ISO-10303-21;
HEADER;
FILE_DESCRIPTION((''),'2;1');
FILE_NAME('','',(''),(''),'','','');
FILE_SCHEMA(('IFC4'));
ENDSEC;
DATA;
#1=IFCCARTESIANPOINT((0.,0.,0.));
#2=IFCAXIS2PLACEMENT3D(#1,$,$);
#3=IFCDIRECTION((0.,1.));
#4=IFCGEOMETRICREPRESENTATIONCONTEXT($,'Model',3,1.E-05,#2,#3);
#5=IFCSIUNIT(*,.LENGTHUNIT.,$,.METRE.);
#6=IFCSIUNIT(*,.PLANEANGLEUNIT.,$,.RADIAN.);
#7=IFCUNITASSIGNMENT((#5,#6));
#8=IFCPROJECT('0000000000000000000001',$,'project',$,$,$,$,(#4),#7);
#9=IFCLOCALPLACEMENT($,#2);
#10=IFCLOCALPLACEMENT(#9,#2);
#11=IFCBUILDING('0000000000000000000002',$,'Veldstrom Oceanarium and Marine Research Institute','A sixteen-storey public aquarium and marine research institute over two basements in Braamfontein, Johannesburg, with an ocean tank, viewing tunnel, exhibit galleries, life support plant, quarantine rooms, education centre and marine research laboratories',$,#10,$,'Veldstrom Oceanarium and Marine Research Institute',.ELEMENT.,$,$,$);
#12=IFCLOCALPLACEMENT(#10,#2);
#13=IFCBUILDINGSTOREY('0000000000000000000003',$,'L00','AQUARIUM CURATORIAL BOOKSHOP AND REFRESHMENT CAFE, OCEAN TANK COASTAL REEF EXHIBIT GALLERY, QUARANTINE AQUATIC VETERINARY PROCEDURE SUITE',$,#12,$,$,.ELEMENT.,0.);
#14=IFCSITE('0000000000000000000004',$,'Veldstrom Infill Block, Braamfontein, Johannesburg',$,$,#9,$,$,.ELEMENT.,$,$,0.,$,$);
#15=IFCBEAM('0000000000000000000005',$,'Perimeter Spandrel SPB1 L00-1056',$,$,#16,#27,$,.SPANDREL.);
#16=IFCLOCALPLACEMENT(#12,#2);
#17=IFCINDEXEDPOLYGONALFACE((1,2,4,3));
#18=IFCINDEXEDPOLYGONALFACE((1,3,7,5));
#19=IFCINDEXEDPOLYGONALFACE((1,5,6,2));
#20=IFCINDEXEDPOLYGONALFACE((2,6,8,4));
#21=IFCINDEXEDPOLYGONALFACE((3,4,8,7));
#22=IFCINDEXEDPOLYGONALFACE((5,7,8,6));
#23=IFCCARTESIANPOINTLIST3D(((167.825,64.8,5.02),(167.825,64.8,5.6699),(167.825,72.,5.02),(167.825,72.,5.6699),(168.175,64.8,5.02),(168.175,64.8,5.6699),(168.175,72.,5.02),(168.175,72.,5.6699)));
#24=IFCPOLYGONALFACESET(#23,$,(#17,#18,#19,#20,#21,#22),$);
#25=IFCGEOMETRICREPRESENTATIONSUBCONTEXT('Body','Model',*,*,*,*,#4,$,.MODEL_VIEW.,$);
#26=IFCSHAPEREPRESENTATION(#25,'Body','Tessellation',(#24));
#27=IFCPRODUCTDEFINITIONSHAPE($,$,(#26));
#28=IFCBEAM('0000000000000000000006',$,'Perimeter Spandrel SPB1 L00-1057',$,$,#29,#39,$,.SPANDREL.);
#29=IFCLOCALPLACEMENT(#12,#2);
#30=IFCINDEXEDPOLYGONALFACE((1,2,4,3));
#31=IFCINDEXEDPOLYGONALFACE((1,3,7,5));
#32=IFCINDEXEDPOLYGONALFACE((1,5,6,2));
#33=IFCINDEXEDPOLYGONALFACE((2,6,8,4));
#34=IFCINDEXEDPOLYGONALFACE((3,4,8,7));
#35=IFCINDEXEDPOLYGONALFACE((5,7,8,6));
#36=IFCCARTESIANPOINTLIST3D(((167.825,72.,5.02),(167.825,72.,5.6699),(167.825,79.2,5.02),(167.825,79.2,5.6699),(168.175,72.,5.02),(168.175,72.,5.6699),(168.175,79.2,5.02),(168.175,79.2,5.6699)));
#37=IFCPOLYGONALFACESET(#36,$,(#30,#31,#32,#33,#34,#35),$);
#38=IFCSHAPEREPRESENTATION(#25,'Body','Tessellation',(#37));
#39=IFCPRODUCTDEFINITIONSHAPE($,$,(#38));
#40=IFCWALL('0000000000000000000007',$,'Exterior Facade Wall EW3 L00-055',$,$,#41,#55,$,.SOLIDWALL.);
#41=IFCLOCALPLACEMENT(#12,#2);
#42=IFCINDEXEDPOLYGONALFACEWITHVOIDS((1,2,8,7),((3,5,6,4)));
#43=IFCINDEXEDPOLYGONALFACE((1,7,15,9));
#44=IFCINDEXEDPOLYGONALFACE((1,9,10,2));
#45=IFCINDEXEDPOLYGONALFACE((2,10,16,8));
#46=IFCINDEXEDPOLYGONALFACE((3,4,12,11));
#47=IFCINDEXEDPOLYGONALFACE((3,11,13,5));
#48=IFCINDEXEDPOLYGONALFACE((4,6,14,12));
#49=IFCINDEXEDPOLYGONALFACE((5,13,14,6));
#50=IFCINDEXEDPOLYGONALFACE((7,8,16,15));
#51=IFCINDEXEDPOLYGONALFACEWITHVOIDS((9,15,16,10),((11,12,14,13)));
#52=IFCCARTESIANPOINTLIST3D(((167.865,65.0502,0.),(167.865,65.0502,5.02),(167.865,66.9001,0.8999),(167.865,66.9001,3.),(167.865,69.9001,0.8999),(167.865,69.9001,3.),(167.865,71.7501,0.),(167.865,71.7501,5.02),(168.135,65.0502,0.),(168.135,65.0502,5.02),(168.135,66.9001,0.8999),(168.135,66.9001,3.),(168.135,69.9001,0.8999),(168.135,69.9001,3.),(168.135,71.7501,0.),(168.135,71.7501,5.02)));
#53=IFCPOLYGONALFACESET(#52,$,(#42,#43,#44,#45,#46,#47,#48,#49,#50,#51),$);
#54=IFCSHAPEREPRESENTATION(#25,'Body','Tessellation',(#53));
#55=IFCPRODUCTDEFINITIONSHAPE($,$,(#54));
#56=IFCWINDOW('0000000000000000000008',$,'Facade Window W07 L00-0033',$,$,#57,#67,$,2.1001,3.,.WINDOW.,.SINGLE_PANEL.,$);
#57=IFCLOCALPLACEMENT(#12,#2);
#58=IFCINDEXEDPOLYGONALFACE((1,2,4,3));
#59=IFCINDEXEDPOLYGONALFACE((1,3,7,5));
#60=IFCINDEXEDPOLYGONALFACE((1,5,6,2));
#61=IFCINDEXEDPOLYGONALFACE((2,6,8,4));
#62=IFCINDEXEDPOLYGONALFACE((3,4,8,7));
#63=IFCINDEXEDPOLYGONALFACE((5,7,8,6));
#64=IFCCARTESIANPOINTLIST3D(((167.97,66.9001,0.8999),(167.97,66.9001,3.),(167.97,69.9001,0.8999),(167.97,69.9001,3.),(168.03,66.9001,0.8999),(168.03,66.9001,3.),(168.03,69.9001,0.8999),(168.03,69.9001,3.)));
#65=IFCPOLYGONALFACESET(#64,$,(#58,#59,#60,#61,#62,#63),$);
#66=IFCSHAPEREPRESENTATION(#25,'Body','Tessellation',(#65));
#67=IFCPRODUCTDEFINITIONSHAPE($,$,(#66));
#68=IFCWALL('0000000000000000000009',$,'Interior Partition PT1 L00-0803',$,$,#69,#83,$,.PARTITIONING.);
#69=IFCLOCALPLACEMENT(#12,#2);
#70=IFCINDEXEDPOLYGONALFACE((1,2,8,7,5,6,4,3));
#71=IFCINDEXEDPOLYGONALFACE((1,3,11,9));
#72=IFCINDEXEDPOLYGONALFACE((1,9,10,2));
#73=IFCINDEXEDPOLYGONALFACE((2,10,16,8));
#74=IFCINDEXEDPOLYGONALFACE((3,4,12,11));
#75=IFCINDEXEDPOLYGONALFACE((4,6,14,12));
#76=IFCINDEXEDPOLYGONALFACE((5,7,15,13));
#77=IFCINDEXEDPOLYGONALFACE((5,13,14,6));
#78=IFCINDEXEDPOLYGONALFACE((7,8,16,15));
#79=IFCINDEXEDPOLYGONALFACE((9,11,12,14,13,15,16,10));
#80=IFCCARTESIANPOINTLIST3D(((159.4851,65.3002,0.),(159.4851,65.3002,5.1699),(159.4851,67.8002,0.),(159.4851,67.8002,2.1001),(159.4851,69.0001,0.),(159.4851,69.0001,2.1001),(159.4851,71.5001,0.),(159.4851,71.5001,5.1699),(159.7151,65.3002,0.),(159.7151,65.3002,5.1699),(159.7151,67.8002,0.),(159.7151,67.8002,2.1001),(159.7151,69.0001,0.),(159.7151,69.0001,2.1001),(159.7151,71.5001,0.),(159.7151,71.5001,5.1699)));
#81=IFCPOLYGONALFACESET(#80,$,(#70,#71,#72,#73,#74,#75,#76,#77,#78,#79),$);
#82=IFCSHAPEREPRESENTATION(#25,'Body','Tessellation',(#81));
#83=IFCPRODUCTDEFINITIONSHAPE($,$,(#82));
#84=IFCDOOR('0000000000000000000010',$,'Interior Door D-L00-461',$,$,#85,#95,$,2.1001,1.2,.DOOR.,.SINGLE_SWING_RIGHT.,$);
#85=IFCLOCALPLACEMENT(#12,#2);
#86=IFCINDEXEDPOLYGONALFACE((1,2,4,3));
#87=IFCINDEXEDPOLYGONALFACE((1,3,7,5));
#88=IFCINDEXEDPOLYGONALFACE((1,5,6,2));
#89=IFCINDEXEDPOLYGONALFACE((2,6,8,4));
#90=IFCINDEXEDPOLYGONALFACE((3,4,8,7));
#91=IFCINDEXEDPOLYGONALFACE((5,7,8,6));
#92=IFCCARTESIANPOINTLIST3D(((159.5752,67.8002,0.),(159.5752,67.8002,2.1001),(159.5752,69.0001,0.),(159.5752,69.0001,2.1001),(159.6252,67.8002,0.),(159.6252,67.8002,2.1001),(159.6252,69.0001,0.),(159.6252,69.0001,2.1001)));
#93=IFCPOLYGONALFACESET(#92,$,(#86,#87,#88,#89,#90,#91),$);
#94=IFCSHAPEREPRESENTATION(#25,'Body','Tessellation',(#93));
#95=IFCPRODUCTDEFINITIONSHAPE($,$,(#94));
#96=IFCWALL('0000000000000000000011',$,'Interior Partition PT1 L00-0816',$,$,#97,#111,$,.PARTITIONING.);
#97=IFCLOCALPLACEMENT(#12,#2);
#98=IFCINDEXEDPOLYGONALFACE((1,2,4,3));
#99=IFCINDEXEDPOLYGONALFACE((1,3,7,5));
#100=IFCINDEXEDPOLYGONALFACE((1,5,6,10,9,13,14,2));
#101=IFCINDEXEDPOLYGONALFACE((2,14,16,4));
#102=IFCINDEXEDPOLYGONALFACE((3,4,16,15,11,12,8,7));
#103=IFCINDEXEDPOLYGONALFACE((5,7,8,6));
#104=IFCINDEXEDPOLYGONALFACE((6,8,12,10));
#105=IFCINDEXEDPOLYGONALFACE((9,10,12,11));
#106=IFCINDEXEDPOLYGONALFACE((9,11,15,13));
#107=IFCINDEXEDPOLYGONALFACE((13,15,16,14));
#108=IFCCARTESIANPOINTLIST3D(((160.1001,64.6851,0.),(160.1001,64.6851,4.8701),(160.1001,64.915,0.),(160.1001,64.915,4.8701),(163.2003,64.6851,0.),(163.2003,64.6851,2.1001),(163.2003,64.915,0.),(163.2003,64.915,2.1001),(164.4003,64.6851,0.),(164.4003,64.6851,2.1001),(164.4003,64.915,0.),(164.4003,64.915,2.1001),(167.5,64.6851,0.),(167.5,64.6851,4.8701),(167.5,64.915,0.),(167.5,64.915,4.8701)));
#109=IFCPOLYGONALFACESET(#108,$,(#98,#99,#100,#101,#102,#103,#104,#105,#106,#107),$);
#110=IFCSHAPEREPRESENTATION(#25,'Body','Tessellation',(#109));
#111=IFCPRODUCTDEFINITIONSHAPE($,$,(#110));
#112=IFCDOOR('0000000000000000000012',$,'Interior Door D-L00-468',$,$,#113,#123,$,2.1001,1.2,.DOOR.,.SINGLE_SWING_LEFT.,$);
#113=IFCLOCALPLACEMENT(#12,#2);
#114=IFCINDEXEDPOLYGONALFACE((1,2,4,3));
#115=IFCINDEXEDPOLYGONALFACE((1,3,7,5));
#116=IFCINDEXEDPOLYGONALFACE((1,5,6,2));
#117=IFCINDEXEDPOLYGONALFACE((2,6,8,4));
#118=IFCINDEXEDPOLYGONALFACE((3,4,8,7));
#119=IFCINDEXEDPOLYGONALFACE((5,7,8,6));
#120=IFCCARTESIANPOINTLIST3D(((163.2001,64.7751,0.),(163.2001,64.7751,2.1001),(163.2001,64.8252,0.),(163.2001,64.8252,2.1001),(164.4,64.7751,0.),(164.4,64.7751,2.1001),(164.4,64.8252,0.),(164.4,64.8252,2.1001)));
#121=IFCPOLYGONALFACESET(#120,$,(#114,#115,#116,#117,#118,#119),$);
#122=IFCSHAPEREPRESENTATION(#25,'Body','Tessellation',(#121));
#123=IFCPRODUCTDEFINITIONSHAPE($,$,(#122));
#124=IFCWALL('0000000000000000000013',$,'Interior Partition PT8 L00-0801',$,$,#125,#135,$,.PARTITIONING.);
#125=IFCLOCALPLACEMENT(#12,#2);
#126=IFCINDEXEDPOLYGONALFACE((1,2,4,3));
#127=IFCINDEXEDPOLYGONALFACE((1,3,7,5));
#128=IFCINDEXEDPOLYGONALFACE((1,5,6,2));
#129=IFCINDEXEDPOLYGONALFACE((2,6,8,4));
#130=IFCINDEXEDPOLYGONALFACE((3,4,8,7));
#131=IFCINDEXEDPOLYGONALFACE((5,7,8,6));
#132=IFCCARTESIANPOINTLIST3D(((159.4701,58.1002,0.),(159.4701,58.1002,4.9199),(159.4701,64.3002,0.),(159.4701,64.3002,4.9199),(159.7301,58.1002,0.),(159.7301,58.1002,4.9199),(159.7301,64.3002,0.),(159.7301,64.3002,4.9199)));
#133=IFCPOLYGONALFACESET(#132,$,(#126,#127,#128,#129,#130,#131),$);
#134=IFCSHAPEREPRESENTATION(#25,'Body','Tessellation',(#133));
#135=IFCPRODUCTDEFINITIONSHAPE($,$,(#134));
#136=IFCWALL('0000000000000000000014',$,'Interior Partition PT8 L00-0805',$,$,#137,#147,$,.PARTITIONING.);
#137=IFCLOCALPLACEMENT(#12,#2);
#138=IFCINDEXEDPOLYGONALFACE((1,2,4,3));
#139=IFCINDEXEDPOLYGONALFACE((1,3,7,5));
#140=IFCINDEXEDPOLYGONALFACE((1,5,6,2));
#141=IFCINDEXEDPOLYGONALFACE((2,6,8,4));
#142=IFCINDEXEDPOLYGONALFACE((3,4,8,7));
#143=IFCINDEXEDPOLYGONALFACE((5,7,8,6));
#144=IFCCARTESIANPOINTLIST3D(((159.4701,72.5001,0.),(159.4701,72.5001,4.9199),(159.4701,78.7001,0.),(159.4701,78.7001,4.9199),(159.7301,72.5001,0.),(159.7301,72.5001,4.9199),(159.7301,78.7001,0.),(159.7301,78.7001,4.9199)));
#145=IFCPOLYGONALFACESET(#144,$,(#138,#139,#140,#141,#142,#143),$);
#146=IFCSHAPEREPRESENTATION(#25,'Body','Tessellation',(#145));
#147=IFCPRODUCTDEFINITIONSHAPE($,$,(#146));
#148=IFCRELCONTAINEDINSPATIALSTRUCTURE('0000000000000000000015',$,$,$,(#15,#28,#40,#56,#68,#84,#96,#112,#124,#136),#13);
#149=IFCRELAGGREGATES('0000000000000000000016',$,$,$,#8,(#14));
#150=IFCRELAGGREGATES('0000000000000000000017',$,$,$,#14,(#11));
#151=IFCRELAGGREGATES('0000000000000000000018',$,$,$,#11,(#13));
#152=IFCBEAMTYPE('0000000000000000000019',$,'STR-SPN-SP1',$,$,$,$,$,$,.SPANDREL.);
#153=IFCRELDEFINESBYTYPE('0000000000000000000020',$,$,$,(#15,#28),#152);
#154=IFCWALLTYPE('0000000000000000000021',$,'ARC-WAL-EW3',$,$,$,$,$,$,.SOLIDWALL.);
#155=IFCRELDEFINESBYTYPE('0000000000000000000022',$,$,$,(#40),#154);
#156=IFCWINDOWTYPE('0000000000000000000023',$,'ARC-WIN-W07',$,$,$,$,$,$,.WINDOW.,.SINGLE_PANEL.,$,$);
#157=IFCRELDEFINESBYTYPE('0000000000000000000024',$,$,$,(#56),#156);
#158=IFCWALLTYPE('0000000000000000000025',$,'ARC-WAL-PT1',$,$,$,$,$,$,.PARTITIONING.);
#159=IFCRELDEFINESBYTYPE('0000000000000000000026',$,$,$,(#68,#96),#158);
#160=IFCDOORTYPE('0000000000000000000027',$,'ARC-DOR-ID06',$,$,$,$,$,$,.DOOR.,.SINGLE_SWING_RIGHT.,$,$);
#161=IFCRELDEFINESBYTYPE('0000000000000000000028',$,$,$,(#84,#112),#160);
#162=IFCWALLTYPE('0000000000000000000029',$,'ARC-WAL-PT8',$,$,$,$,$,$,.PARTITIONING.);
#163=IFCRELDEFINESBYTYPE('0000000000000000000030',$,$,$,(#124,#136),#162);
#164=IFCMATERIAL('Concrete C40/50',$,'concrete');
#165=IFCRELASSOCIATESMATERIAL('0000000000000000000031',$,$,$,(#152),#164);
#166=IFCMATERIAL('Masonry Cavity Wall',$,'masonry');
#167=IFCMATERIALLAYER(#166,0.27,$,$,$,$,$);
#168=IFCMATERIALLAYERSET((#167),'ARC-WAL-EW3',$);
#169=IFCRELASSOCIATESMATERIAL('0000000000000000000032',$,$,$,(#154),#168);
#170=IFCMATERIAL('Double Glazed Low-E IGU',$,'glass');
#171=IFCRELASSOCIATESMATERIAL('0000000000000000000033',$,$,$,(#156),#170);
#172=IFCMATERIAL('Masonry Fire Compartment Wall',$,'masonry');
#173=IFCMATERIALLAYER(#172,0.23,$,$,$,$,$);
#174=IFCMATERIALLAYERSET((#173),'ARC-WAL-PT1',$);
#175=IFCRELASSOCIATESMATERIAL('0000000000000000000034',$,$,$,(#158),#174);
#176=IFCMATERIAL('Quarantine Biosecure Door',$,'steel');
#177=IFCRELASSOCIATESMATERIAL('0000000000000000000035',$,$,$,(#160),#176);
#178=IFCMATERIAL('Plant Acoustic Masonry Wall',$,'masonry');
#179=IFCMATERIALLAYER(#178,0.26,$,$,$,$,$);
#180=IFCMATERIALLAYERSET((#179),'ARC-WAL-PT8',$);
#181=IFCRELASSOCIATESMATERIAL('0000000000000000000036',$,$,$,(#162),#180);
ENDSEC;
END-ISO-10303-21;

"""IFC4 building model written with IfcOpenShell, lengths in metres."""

from ifc_helpers import new_model, si_unit, direction, frame, frame_2d, origin, origin_2d, place, context, subcontext, project, spatial, rectangle, extrude, material, layer, layer_set, material_profile, profile_set, type_object, element, fill, save


model = new_model("IFC4")

# Units and contexts
model_context = context("Model", 3, precision=1e-05, world=origin(), true_north=direction((0.0, 1.0)))
body_context = subcontext(model_context, "Body", "Model", "MODEL_VIEW")
ifc_project = project(units=[si_unit("LENGTHUNIT", "METRE"), si_unit("PLANEANGLEUNIT", "RADIAN")], contexts=[model_context])

# Site, building, storey
site_placement = place(None, origin())
site = spatial("IfcSite", under=ifc_project, at=site_placement, Name="Veldstrom Infill Block, Braamfontein, Johannesburg", CompositionType="ELEMENT", RefElevation=0.0)
building_placement = place(site_placement, origin())
building = spatial("IfcBuilding", under=site, at=building_placement, Name="Veldstrom Oceanarium and Marine Research Institute", Description="A sixteen-storey public aquarium and marine research institute over two basements in Braamfontein, Johannesburg, with an ocean tank, viewing tunnel, exhibit galleries, life support plant, quarantine rooms, education centre and marine research laboratories", LongName="Veldstrom Oceanarium and Marine Research Institute", CompositionType="ELEMENT")
storey_placement = place(building_placement, origin())
storey = spatial("IfcBuildingStorey", under=building, at=storey_placement, Name="L00", Description="AQUARIUM CURATORIAL BOOKSHOP AND REFRESHMENT CAFE, OCEAN TANK COASTAL REEF EXHIBIT GALLERY, QUARANTINE AQUATIC VETERINARY PROCEDURE SUITE", CompositionType="ELEMENT", Elevation=0.0)

# Beams
ifc_material_1 = material(Name="Concrete C40/50", Category="concrete")
ifc_material_profile_1 = material_profile(ifc_material_1, rectangle(XDim=0.3501, YDim=0.6499, at=origin_2d()), Name="RC-SPN-350x650")
ifc_profile_set_1 = profile_set([ifc_material_profile_1], Name="Concrete C40/50")
beam_type_1 = type_object("IfcBeamType", Name="STR-SPN-SP1", PredefinedType="SPANDREL", material=ifc_profile_set_1)
for number, where, z_axis, x_axis, name in (
    (1, (168.0, 64.8, 5.345), (0.0, 1.0, 0.0), (-1.0, 0.0, 0.0), "Perimeter Spandrel SPB1 L00-1056"),
    (2, (168.0, 72.0, 5.345), (0.0, 1.0, 0.0), (-1.0, 0.0, 0.0), "Perimeter Spandrel SPB1 L00-1057"),
):
    element("IfcBeam", number, at=place(storey_placement, frame(where, z_axis=z_axis, x_axis=x_axis)), inside=storey, type_object=beam_type_1, Name=name, PredefinedType="SPANDREL", context=body_context, shape_type="SweptSolid", body=[
        extrude(rectangle(XDim=0.3501, YDim=0.6499, at=origin_2d()), origin(), (0.0, 0.0, 1.0), 7.2),
    ])

# Wall, opening, window
ifc_material_2 = material(Name="Masonry Cavity Wall", Category="masonry")
ifc_layer_1 = layer(ifc_material_2, 0.27)
ifc_layer_set_1 = layer_set([ifc_layer_1], Name="ARC-WAL-EW3")
wall_type_1 = type_object("IfcWallType", Name="ARC-WAL-EW3", PredefinedType="SOLIDWALL", material=ifc_layer_set_1)
wall_1_placement = place(storey_placement, frame((168.0, 65.05, 0.0), z_axis=(0.0, 0.0, 1.0), x_axis=(0.0, 1.0, 0.0)))
wall_1 = element("IfcWall", 3, at=wall_1_placement, inside=storey, type_object=wall_type_1, Name="Exterior Facade Wall EW3 L00-055", PredefinedType="SOLIDWALL", context=body_context, shape_type="SweptSolid", body=[
    extrude(rectangle(XDim=6.7, YDim=0.27, at=frame_2d((3.3501, 0.0))), origin(), (0.0, 0.0, 1.0), 5.02),
])
opening_1_placement = place(wall_1_placement, frame((1.8501, 0.0, 0.8999)))
opening_1 = element("IfcOpeningElement", 4, at=opening_1_placement, cuts=wall_1, PredefinedType="OPENING", context=body_context, shape_type="SweptSolid", body=[
    extrude(rectangle(XDim=3.0, YDim=2.1001, at=frame_2d((1.5, 1.05))), frame((0.0, 0.145, 0.0), z_axis=(0.0, -1.0, 0.0), x_axis=(1.0, 0.0, 0.0)), (0.0, 0.0, 1.0), 0.29),
])
ifc_material_3 = material(Name="Double Glazed Low-E IGU", Category="glass")
window_type = type_object("IfcWindowType", Name="ARC-WIN-W07", PartitioningType="SINGLE_PANEL", PredefinedType="WINDOW", material=ifc_material_3)
window_placement = place(opening_1_placement, origin())
window = element("IfcWindow", 5, at=window_placement, inside=storey, type_object=window_type, Name="Facade Window W07 L00-0033", OverallHeight=2.1001, OverallWidth=3.0, PartitioningType="SINGLE_PANEL", PredefinedType="WINDOW", context=body_context, shape_type="SweptSolid", body=[
    extrude(rectangle(XDim=3.0, YDim=2.1001, at=frame_2d((1.5, 1.05))), frame((0.0, 0.03, 0.0), z_axis=(0.0, -1.0, 0.0), x_axis=(1.0, 0.0, 0.0)), (0.0, 0.0, 1.0), 0.0601),
])
fill(opening_1, window)

# Walls, openings, doors
ifc_material_4 = material(Name="Masonry Fire Compartment Wall", Category="masonry")
ifc_layer_2 = layer(ifc_material_4, 0.23)
ifc_layer_set_2 = layer_set([ifc_layer_2], Name="ARC-WAL-PT1")
wall_type_2 = type_object("IfcWallType", Name="ARC-WAL-PT1", PredefinedType="PARTITIONING", material=ifc_layer_set_2)
wall_2_placement = place(storey_placement, frame((159.6001, 65.3, 0.0), z_axis=(0.0, 0.0, 1.0), x_axis=(0.0, 1.0, 0.0)))
wall_2 = element("IfcWall", 6, at=wall_2_placement, inside=storey, type_object=wall_type_2, Name="Interior Partition PT1 L00-0803", PredefinedType="PARTITIONING", context=body_context, shape_type="SweptSolid", body=[
    extrude(rectangle(XDim=6.2, YDim=0.23, at=frame_2d((3.1001, 0.0))), origin(), (0.0, 0.0, 1.0), 5.1699),
])
opening_2_placement = place(wall_2_placement, frame((2.5, 0.0, 0.0)))
opening_2 = element("IfcOpeningElement", 7, at=opening_2_placement, cuts=wall_2, PredefinedType="OPENING", context=body_context, shape_type="SweptSolid", body=[
    extrude(rectangle(XDim=1.2, YDim=2.1001, at=frame_2d((0.6001, 1.05))), frame((0.0, 0.125, 0.0), z_axis=(0.0, -1.0, 0.0), x_axis=(1.0, 0.0, 0.0)), (0.0, 0.0, 1.0), 0.25),
])
ifc_material_5 = material(Name="Quarantine Biosecure Door", Category="steel")
door_type_1 = type_object("IfcDoorType", Name="ARC-DOR-ID06", OperationType="SINGLE_SWING_RIGHT", PredefinedType="DOOR", material=ifc_material_5)
door_1_placement = place(opening_2_placement, origin())
door_1 = element("IfcDoor", 8, at=door_1_placement, inside=storey, type_object=door_type_1, Name="Interior Door D-L00-461", OperationType="SINGLE_SWING_RIGHT", OverallHeight=2.1001, OverallWidth=1.2, PredefinedType="DOOR", context=body_context, shape_type="SweptSolid", body=[
    extrude(rectangle(XDim=1.2, YDim=2.1001, at=frame_2d((0.6001, 1.05))), frame((0.0, 0.0249, 0.0), z_axis=(0.0, -1.0, 0.0), x_axis=(1.0, 0.0, 0.0)), (0.0, 0.0, 1.0), 0.05),
])
fill(opening_2, door_1)
wall_3_placement = place(storey_placement, frame((160.1001, 64.8, 0.0), z_axis=(0.0, 0.0, 1.0), x_axis=(1.0, 0.0, 0.0)))
wall_3 = element("IfcWall", 9, at=wall_3_placement, inside=storey, type_object=wall_type_2, Name="Interior Partition PT1 L00-0816", PredefinedType="PARTITIONING", context=body_context, shape_type="SweptSolid", body=[
    extrude(rectangle(XDim=7.3999, YDim=0.23, at=frame_2d((3.7, 0.0))), origin(), (0.0, 0.0, 1.0), 4.8701),
])
opening_3_placement = place(wall_3_placement, frame((3.1001, 0.0, 0.0)))
opening_3 = element("IfcOpeningElement", 10, at=opening_3_placement, cuts=wall_3, PredefinedType="OPENING", context=body_context, shape_type="SweptSolid", body=[
    extrude(rectangle(XDim=1.2, YDim=2.1001, at=frame_2d((0.6001, 1.05))), frame((0.0, 0.125, 0.0), z_axis=(0.0, -1.0, 0.0), x_axis=(1.0, 0.0, 0.0)), (0.0, 0.0, 1.0), 0.25),
])
door_2_placement = place(opening_3_placement, frame((1.2, 0.0, 0.0), z_axis=(0.0, 0.0, 1.0), x_axis=(-1.0, 0.0, 0.0)))
door_2 = element("IfcDoor", 11, at=door_2_placement, inside=storey, type_object=door_type_1, Name="Interior Door D-L00-468", OperationType="SINGLE_SWING_LEFT", OverallHeight=2.1001, OverallWidth=1.2, PredefinedType="DOOR", context=body_context, shape_type="SweptSolid", body=[
    extrude(rectangle(XDim=1.2, YDim=2.1001, at=frame_2d((0.6001, 1.05))), frame((0.0, 0.0249, 0.0), z_axis=(0.0, -1.0, 0.0), x_axis=(1.0, 0.0, 0.0)), (0.0, 0.0, 1.0), 0.05),
])
fill(opening_3, door_2)

# Walls
ifc_material_6 = material(Name="Plant Acoustic Masonry Wall", Category="masonry")
ifc_layer_3 = layer(ifc_material_6, 0.26)
ifc_layer_set_3 = layer_set([ifc_layer_3], Name="ARC-WAL-PT8")
wall_type_3 = type_object("IfcWallType", Name="ARC-WAL-PT8", PredefinedType="PARTITIONING", material=ifc_layer_set_3)
for number, where, z_axis, x_axis, name in (
    (12, (159.6001, 58.1001, 0.0), (0.0, 0.0, 1.0), (0.0, 1.0, 0.0), "Interior Partition PT8 L00-0801"),
    (13, (159.6001, 72.5, 0.0), (0.0, 0.0, 1.0), (0.0, 1.0, 0.0), "Interior Partition PT8 L00-0805"),
):
    element("IfcWall", number, at=place(storey_placement, frame(where, z_axis=z_axis, x_axis=x_axis)), inside=storey, type_object=wall_type_3, Name=name, PredefinedType="PARTITIONING", context=body_context, shape_type="SweptSolid", body=[
        extrude(rectangle(XDim=6.2, YDim=0.26, at=frame_2d((3.1001, 0.0))), origin(), (0.0, 0.0, 1.0), 4.9199),
    ])

save(model, "model.ifc")
